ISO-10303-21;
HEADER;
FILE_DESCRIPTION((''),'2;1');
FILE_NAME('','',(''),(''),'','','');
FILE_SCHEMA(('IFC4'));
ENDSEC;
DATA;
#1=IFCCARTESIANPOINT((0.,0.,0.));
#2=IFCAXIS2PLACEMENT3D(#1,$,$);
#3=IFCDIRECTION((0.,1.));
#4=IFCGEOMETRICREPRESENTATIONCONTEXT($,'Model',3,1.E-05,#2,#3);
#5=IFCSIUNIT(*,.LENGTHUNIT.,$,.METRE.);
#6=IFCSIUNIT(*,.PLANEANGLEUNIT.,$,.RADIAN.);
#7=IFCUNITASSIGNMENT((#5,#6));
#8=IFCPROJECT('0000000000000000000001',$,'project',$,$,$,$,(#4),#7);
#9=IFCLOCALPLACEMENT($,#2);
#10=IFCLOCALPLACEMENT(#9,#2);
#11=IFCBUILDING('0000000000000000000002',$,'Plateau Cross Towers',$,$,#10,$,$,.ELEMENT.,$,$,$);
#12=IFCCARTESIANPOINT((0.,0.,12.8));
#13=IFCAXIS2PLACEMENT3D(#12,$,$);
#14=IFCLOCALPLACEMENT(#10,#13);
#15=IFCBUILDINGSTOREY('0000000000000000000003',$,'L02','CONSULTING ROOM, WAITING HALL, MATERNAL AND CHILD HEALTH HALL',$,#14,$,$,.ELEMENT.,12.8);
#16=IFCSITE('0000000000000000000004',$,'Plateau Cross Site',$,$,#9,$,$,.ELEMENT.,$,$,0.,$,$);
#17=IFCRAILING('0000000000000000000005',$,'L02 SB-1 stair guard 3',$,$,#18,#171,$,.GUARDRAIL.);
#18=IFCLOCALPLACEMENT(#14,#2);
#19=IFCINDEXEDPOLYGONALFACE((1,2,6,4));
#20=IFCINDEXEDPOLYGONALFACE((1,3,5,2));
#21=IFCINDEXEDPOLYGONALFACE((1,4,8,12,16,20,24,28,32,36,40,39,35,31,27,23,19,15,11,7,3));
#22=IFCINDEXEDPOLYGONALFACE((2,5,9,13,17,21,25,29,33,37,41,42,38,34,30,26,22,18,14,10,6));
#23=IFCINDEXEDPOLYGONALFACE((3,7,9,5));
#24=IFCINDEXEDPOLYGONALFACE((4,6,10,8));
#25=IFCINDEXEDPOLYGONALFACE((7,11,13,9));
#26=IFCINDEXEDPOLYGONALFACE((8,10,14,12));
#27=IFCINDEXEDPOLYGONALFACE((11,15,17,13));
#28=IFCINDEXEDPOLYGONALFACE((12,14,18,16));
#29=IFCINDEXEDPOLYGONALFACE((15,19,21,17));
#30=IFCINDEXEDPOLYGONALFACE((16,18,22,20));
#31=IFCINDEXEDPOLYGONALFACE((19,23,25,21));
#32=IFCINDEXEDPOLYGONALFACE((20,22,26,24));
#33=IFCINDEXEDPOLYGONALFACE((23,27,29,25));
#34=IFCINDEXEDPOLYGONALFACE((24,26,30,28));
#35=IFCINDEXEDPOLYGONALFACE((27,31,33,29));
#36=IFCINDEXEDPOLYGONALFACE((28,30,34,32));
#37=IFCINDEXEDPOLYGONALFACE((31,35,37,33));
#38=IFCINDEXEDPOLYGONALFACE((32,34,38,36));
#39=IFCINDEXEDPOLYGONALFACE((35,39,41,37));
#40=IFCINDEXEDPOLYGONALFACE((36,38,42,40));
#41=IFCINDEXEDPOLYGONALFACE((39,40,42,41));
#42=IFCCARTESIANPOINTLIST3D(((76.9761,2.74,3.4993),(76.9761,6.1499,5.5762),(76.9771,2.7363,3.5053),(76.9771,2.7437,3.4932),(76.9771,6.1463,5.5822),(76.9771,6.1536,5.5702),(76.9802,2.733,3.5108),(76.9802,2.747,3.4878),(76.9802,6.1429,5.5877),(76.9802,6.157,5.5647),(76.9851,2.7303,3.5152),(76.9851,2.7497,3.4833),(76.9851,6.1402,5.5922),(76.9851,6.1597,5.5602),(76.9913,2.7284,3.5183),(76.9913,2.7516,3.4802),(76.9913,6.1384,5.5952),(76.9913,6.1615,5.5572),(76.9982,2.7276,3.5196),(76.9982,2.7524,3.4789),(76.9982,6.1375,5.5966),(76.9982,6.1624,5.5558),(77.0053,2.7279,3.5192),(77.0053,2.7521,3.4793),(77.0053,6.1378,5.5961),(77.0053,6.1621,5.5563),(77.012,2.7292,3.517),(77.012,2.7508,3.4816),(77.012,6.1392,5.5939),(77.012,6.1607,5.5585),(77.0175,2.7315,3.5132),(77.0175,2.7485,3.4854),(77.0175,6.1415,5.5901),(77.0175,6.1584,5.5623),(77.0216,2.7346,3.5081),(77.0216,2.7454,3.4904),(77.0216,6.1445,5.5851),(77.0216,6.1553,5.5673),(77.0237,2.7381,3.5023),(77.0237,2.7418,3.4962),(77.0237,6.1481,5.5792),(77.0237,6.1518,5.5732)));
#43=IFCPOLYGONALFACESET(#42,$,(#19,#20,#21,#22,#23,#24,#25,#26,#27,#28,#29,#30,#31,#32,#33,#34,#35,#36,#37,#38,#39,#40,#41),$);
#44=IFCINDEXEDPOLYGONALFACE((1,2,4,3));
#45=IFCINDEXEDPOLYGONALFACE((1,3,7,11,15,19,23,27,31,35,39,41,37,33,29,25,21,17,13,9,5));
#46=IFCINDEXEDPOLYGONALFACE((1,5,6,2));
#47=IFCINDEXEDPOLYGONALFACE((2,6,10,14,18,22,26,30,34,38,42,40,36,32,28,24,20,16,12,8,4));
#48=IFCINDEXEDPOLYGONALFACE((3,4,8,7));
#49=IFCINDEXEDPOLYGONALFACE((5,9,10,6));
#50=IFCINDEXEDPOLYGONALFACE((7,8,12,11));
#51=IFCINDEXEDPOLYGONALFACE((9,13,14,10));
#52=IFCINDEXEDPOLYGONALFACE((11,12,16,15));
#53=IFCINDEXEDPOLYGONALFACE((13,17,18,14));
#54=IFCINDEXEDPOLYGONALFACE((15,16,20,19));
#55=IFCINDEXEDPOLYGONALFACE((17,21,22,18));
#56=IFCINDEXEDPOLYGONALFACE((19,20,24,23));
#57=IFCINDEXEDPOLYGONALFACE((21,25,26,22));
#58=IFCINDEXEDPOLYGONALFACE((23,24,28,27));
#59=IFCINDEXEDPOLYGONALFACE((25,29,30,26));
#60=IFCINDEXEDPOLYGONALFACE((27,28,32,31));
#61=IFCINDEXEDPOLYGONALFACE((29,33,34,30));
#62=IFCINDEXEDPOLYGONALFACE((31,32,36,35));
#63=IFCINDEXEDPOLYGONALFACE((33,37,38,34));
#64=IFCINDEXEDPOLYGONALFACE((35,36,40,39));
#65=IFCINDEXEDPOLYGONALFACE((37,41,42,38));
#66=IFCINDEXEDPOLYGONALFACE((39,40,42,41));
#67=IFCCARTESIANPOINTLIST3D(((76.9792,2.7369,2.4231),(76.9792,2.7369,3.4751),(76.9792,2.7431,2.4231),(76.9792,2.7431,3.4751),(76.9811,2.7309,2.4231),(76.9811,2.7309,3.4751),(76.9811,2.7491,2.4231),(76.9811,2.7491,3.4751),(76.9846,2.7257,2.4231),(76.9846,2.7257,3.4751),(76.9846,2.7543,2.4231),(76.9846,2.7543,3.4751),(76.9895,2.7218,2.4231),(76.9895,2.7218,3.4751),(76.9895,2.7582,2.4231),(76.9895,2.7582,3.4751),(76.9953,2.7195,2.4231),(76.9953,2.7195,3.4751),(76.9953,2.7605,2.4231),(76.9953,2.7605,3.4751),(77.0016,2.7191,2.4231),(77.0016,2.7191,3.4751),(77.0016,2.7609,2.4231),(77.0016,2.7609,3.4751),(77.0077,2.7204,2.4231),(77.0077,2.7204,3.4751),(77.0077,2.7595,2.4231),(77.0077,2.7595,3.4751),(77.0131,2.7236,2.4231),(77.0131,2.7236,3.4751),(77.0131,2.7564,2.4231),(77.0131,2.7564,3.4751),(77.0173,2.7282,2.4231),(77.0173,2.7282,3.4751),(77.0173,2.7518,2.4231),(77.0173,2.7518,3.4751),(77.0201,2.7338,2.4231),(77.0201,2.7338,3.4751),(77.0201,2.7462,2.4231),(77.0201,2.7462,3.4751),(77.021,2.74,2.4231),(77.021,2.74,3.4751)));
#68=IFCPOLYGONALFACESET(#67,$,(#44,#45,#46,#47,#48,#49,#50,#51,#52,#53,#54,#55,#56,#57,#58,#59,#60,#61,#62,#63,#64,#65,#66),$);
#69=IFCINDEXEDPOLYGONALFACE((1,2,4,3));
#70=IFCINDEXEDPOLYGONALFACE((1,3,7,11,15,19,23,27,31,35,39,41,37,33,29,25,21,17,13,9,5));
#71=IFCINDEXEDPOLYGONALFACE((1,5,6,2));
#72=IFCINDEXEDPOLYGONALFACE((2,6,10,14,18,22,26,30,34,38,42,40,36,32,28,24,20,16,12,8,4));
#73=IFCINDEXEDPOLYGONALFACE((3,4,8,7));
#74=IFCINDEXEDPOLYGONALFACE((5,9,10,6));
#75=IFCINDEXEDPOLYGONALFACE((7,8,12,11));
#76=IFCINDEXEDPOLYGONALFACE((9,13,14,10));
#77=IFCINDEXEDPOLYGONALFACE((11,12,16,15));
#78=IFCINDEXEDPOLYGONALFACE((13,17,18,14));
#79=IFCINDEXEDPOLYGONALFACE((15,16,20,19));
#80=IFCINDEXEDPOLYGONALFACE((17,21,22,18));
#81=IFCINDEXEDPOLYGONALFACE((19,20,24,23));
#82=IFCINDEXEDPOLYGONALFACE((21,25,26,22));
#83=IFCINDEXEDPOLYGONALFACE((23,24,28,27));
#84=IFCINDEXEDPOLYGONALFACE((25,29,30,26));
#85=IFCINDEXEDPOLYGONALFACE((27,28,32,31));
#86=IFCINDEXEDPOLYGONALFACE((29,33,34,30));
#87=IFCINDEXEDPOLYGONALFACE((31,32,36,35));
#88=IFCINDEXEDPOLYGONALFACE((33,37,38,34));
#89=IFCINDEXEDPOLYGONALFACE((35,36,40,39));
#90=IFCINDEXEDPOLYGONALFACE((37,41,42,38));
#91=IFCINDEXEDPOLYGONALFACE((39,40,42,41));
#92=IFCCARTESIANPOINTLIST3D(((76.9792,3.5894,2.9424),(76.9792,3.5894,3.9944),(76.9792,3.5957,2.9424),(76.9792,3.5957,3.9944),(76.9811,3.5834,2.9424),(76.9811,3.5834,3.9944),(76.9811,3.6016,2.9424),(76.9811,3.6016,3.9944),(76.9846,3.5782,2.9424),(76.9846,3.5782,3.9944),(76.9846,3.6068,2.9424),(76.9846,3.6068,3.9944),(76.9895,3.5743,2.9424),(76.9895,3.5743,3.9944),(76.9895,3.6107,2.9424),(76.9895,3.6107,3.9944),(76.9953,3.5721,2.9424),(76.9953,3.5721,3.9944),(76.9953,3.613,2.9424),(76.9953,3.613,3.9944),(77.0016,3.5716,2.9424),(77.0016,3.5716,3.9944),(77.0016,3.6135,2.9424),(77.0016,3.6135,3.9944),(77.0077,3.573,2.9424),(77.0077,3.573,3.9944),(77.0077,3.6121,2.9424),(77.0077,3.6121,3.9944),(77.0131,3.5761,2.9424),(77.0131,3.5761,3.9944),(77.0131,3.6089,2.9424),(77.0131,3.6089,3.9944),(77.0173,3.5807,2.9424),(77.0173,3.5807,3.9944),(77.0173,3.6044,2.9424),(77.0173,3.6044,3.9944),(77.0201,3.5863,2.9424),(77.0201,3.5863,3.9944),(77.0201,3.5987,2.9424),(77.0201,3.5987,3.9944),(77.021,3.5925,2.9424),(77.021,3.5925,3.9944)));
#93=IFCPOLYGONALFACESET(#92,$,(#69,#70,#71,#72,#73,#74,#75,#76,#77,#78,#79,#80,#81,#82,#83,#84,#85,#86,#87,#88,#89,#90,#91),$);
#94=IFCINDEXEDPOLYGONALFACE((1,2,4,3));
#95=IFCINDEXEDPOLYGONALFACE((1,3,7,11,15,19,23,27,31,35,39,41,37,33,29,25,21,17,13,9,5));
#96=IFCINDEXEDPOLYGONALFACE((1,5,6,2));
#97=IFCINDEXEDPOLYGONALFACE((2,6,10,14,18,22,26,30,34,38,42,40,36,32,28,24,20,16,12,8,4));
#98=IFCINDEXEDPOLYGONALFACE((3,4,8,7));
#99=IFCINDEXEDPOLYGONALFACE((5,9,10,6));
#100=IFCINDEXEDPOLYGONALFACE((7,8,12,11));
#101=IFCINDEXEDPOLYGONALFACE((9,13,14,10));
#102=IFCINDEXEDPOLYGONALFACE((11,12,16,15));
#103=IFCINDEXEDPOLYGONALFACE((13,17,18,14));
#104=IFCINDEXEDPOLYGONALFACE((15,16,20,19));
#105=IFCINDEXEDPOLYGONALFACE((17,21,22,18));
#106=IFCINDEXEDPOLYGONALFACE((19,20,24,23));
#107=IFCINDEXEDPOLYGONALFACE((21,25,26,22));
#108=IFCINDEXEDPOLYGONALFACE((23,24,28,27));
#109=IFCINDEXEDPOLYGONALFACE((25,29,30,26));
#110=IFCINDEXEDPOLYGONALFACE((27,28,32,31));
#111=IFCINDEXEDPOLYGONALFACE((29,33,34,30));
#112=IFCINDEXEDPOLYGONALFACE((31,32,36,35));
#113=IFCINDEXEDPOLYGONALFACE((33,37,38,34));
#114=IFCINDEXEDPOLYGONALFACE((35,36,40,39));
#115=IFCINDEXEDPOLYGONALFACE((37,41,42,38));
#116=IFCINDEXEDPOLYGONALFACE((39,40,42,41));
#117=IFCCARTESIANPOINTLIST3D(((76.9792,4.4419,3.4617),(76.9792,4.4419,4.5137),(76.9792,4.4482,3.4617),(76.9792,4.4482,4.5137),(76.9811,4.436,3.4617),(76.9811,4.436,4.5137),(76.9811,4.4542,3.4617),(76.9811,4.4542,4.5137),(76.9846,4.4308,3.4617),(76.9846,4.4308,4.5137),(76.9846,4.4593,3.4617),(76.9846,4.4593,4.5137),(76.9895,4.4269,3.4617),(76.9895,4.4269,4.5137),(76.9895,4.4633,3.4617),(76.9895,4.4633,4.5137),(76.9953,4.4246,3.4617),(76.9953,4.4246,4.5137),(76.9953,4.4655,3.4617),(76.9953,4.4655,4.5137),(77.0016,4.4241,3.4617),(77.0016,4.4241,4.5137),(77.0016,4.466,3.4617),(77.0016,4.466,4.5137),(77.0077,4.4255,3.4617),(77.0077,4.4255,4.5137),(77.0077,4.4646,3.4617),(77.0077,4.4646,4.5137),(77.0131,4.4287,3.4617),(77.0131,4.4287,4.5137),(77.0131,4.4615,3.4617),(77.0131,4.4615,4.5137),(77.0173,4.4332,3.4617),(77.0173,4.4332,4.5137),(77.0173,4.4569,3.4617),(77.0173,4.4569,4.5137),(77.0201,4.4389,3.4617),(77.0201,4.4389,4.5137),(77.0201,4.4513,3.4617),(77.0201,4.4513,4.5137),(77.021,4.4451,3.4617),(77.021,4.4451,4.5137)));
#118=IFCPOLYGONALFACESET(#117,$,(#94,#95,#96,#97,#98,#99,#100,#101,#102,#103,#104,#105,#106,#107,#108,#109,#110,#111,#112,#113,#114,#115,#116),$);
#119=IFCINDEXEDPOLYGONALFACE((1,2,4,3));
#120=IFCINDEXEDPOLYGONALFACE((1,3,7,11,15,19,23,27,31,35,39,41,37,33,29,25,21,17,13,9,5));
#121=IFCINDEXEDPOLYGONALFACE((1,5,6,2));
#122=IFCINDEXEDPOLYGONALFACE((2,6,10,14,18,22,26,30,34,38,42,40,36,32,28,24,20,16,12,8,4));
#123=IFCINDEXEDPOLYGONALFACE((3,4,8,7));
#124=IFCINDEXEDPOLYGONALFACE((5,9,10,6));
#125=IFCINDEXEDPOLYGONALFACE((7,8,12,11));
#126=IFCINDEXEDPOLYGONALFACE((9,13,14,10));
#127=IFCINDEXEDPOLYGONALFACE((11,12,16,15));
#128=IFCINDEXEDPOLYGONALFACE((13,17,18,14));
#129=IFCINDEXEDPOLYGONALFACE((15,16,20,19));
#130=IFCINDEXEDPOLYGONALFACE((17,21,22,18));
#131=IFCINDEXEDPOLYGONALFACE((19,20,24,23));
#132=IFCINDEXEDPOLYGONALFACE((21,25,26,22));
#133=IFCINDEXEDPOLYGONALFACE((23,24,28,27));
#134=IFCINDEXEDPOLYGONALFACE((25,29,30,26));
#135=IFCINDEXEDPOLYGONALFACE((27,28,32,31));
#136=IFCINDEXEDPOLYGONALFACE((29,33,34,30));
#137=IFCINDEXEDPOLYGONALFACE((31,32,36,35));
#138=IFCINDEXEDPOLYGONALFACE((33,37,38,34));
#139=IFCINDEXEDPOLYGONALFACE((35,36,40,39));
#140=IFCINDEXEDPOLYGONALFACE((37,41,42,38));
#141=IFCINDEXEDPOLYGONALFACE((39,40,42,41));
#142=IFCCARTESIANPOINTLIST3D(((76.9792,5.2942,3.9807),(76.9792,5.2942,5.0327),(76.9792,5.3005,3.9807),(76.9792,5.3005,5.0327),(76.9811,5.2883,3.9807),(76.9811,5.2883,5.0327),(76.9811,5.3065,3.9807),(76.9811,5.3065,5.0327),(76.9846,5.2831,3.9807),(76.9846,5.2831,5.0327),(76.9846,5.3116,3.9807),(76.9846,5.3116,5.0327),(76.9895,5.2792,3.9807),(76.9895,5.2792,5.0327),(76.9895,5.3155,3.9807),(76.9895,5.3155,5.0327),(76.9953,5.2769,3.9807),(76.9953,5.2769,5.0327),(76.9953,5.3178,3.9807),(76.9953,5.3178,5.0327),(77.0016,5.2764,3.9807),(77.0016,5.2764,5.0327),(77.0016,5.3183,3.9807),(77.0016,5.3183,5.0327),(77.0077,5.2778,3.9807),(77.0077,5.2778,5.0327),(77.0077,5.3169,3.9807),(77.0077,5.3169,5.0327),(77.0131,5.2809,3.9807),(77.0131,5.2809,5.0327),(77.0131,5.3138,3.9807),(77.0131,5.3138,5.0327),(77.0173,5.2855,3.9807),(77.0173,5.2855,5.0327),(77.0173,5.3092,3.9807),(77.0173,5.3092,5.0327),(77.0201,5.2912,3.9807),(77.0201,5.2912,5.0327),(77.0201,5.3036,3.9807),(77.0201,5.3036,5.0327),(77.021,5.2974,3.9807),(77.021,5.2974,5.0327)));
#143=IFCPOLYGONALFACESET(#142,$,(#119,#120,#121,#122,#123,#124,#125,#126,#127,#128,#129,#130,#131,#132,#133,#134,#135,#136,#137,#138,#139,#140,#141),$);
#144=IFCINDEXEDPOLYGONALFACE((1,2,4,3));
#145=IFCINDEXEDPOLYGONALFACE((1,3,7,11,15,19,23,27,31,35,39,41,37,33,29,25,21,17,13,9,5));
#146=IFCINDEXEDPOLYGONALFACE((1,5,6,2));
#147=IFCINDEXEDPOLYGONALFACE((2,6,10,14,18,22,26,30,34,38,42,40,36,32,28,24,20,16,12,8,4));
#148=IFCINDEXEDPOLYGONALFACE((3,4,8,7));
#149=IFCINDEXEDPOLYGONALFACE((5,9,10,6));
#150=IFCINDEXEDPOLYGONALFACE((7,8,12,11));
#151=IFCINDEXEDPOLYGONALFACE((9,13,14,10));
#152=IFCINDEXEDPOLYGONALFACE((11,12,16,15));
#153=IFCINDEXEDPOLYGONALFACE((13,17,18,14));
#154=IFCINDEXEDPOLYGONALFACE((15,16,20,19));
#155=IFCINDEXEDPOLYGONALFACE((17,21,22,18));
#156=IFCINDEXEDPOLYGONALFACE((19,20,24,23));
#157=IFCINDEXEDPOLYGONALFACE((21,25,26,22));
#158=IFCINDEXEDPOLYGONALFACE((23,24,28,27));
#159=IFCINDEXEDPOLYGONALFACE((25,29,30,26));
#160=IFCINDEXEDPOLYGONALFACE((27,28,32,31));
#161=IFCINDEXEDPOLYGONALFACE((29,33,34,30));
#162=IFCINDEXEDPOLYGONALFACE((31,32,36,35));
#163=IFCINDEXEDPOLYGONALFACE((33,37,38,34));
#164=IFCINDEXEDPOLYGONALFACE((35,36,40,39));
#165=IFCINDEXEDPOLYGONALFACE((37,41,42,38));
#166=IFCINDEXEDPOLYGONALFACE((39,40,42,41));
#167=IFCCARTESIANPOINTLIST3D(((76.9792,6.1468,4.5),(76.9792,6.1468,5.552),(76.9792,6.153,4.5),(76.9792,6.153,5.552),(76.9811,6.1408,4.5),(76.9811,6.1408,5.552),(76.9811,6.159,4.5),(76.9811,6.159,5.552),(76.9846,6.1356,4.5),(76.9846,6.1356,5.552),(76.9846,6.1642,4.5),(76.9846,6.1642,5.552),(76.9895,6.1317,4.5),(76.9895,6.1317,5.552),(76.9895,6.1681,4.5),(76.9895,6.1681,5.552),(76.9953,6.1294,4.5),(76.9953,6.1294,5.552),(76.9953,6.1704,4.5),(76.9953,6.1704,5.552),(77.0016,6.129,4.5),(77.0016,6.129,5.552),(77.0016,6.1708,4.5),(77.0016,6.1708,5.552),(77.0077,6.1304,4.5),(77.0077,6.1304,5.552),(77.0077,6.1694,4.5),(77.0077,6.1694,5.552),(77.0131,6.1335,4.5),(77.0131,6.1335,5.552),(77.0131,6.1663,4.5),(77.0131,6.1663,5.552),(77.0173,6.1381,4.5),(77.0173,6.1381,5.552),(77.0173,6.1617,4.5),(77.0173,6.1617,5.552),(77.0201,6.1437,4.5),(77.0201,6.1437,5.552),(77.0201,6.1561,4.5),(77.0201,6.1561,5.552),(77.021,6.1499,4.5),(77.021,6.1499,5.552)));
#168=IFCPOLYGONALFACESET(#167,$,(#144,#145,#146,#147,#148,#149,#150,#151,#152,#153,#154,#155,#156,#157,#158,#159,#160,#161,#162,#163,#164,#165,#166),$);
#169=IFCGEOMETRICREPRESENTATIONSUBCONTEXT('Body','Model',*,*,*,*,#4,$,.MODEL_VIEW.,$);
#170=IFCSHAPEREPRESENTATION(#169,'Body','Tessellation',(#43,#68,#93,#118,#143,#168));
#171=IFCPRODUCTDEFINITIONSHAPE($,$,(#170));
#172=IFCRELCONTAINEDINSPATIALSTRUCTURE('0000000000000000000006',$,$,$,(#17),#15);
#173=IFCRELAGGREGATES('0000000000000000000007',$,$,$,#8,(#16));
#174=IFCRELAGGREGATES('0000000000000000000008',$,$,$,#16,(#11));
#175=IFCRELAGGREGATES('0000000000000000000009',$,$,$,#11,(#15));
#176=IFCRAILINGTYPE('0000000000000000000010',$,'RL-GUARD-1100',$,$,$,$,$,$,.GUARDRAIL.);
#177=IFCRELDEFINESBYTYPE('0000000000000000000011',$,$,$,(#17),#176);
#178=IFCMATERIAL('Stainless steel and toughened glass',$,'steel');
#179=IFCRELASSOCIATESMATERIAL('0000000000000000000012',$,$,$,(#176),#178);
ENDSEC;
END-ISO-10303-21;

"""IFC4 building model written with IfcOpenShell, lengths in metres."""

from ifc_helpers import new_model, si_unit, direction, frame, origin, origin_2d, place, context, subcontext, project, spatial, circle, extrude, material, type_object, element, save


model = new_model("IFC4")

# Units and contexts
model_context = context("Model", 3, precision=1e-05, world=origin(), true_north=direction((0.0, 1.0)))
body_context = subcontext(model_context, "Body", "Model", "MODEL_VIEW")
ifc_project = project(units=[si_unit("LENGTHUNIT", "METRE"), si_unit("PLANEANGLEUNIT", "RADIAN")], contexts=[model_context])

# Site, building, storey
site_placement = place(None, origin())
site = spatial("IfcSite", under=ifc_project, at=site_placement, Name="Plateau Cross Site", CompositionType="ELEMENT", RefElevation=0.0)
building_placement = place(site_placement, origin())
building = spatial("IfcBuilding", under=site, at=building_placement, Name="Plateau Cross Towers", CompositionType="ELEMENT")
storey_placement = place(building_placement, frame((0.0, 0.0, 12.8)))
storey = spatial("IfcBuildingStorey", under=building, at=storey_placement, Name="L02", Description="CONSULTING ROOM, WAITING HALL, MATERNAL AND CHILD HEALTH HALL", CompositionType="ELEMENT", Elevation=12.8)

# Railing
ifc_material_1 = material(Name="Stainless steel and toughened glass", Category="steel")
railing_type_1 = type_object("IfcRailingType", Name="RL-GUARD-1100", PredefinedType="GUARDRAIL", material=ifc_material_1)
railing_1_placement = place(storey_placement, frame((77.0, 2.74, 2.4231)))
element("IfcRailing", 1, at=railing_1_placement, inside=storey, type_object=railing_type_1, Name="L02 SB-1 stair guard 3", PredefinedType="GUARDRAIL", context=body_context, shape_type="SweptSolid", body=[
    extrude(circle(Radius=0.0239, at=origin_2d()), frame((0.0, 0.0, 1.0762), z_axis=(0.0, 0.854053, 0.520186), x_axis=(-1.0, 0.0, 0.0)), (0.0, 0.0, 1.0), 3.9927),
    extrude(circle(Radius=0.021, at=origin_2d()), origin(), (0.0, 0.0, 1.0), 1.052),
    extrude(circle(Radius=0.021, at=origin_2d()), frame((0.0, 0.8525, 0.5193)), (0.0, 0.0, 1.0), 1.052),
    extrude(circle(Radius=0.021, at=origin_2d()), frame((0.0, 1.7051, 1.0386)), (0.0, 0.0, 1.0), 1.052),
    extrude(circle(Radius=0.021, at=origin_2d()), frame((0.0, 2.5574, 1.5576)), (0.0, 0.0, 1.0), 1.052),
    extrude(circle(Radius=0.021, at=origin_2d()), frame((0.0, 3.4099, 2.0769)), (0.0, 0.0, 1.0), 1.052),
])

save(model, "model.ifc")
